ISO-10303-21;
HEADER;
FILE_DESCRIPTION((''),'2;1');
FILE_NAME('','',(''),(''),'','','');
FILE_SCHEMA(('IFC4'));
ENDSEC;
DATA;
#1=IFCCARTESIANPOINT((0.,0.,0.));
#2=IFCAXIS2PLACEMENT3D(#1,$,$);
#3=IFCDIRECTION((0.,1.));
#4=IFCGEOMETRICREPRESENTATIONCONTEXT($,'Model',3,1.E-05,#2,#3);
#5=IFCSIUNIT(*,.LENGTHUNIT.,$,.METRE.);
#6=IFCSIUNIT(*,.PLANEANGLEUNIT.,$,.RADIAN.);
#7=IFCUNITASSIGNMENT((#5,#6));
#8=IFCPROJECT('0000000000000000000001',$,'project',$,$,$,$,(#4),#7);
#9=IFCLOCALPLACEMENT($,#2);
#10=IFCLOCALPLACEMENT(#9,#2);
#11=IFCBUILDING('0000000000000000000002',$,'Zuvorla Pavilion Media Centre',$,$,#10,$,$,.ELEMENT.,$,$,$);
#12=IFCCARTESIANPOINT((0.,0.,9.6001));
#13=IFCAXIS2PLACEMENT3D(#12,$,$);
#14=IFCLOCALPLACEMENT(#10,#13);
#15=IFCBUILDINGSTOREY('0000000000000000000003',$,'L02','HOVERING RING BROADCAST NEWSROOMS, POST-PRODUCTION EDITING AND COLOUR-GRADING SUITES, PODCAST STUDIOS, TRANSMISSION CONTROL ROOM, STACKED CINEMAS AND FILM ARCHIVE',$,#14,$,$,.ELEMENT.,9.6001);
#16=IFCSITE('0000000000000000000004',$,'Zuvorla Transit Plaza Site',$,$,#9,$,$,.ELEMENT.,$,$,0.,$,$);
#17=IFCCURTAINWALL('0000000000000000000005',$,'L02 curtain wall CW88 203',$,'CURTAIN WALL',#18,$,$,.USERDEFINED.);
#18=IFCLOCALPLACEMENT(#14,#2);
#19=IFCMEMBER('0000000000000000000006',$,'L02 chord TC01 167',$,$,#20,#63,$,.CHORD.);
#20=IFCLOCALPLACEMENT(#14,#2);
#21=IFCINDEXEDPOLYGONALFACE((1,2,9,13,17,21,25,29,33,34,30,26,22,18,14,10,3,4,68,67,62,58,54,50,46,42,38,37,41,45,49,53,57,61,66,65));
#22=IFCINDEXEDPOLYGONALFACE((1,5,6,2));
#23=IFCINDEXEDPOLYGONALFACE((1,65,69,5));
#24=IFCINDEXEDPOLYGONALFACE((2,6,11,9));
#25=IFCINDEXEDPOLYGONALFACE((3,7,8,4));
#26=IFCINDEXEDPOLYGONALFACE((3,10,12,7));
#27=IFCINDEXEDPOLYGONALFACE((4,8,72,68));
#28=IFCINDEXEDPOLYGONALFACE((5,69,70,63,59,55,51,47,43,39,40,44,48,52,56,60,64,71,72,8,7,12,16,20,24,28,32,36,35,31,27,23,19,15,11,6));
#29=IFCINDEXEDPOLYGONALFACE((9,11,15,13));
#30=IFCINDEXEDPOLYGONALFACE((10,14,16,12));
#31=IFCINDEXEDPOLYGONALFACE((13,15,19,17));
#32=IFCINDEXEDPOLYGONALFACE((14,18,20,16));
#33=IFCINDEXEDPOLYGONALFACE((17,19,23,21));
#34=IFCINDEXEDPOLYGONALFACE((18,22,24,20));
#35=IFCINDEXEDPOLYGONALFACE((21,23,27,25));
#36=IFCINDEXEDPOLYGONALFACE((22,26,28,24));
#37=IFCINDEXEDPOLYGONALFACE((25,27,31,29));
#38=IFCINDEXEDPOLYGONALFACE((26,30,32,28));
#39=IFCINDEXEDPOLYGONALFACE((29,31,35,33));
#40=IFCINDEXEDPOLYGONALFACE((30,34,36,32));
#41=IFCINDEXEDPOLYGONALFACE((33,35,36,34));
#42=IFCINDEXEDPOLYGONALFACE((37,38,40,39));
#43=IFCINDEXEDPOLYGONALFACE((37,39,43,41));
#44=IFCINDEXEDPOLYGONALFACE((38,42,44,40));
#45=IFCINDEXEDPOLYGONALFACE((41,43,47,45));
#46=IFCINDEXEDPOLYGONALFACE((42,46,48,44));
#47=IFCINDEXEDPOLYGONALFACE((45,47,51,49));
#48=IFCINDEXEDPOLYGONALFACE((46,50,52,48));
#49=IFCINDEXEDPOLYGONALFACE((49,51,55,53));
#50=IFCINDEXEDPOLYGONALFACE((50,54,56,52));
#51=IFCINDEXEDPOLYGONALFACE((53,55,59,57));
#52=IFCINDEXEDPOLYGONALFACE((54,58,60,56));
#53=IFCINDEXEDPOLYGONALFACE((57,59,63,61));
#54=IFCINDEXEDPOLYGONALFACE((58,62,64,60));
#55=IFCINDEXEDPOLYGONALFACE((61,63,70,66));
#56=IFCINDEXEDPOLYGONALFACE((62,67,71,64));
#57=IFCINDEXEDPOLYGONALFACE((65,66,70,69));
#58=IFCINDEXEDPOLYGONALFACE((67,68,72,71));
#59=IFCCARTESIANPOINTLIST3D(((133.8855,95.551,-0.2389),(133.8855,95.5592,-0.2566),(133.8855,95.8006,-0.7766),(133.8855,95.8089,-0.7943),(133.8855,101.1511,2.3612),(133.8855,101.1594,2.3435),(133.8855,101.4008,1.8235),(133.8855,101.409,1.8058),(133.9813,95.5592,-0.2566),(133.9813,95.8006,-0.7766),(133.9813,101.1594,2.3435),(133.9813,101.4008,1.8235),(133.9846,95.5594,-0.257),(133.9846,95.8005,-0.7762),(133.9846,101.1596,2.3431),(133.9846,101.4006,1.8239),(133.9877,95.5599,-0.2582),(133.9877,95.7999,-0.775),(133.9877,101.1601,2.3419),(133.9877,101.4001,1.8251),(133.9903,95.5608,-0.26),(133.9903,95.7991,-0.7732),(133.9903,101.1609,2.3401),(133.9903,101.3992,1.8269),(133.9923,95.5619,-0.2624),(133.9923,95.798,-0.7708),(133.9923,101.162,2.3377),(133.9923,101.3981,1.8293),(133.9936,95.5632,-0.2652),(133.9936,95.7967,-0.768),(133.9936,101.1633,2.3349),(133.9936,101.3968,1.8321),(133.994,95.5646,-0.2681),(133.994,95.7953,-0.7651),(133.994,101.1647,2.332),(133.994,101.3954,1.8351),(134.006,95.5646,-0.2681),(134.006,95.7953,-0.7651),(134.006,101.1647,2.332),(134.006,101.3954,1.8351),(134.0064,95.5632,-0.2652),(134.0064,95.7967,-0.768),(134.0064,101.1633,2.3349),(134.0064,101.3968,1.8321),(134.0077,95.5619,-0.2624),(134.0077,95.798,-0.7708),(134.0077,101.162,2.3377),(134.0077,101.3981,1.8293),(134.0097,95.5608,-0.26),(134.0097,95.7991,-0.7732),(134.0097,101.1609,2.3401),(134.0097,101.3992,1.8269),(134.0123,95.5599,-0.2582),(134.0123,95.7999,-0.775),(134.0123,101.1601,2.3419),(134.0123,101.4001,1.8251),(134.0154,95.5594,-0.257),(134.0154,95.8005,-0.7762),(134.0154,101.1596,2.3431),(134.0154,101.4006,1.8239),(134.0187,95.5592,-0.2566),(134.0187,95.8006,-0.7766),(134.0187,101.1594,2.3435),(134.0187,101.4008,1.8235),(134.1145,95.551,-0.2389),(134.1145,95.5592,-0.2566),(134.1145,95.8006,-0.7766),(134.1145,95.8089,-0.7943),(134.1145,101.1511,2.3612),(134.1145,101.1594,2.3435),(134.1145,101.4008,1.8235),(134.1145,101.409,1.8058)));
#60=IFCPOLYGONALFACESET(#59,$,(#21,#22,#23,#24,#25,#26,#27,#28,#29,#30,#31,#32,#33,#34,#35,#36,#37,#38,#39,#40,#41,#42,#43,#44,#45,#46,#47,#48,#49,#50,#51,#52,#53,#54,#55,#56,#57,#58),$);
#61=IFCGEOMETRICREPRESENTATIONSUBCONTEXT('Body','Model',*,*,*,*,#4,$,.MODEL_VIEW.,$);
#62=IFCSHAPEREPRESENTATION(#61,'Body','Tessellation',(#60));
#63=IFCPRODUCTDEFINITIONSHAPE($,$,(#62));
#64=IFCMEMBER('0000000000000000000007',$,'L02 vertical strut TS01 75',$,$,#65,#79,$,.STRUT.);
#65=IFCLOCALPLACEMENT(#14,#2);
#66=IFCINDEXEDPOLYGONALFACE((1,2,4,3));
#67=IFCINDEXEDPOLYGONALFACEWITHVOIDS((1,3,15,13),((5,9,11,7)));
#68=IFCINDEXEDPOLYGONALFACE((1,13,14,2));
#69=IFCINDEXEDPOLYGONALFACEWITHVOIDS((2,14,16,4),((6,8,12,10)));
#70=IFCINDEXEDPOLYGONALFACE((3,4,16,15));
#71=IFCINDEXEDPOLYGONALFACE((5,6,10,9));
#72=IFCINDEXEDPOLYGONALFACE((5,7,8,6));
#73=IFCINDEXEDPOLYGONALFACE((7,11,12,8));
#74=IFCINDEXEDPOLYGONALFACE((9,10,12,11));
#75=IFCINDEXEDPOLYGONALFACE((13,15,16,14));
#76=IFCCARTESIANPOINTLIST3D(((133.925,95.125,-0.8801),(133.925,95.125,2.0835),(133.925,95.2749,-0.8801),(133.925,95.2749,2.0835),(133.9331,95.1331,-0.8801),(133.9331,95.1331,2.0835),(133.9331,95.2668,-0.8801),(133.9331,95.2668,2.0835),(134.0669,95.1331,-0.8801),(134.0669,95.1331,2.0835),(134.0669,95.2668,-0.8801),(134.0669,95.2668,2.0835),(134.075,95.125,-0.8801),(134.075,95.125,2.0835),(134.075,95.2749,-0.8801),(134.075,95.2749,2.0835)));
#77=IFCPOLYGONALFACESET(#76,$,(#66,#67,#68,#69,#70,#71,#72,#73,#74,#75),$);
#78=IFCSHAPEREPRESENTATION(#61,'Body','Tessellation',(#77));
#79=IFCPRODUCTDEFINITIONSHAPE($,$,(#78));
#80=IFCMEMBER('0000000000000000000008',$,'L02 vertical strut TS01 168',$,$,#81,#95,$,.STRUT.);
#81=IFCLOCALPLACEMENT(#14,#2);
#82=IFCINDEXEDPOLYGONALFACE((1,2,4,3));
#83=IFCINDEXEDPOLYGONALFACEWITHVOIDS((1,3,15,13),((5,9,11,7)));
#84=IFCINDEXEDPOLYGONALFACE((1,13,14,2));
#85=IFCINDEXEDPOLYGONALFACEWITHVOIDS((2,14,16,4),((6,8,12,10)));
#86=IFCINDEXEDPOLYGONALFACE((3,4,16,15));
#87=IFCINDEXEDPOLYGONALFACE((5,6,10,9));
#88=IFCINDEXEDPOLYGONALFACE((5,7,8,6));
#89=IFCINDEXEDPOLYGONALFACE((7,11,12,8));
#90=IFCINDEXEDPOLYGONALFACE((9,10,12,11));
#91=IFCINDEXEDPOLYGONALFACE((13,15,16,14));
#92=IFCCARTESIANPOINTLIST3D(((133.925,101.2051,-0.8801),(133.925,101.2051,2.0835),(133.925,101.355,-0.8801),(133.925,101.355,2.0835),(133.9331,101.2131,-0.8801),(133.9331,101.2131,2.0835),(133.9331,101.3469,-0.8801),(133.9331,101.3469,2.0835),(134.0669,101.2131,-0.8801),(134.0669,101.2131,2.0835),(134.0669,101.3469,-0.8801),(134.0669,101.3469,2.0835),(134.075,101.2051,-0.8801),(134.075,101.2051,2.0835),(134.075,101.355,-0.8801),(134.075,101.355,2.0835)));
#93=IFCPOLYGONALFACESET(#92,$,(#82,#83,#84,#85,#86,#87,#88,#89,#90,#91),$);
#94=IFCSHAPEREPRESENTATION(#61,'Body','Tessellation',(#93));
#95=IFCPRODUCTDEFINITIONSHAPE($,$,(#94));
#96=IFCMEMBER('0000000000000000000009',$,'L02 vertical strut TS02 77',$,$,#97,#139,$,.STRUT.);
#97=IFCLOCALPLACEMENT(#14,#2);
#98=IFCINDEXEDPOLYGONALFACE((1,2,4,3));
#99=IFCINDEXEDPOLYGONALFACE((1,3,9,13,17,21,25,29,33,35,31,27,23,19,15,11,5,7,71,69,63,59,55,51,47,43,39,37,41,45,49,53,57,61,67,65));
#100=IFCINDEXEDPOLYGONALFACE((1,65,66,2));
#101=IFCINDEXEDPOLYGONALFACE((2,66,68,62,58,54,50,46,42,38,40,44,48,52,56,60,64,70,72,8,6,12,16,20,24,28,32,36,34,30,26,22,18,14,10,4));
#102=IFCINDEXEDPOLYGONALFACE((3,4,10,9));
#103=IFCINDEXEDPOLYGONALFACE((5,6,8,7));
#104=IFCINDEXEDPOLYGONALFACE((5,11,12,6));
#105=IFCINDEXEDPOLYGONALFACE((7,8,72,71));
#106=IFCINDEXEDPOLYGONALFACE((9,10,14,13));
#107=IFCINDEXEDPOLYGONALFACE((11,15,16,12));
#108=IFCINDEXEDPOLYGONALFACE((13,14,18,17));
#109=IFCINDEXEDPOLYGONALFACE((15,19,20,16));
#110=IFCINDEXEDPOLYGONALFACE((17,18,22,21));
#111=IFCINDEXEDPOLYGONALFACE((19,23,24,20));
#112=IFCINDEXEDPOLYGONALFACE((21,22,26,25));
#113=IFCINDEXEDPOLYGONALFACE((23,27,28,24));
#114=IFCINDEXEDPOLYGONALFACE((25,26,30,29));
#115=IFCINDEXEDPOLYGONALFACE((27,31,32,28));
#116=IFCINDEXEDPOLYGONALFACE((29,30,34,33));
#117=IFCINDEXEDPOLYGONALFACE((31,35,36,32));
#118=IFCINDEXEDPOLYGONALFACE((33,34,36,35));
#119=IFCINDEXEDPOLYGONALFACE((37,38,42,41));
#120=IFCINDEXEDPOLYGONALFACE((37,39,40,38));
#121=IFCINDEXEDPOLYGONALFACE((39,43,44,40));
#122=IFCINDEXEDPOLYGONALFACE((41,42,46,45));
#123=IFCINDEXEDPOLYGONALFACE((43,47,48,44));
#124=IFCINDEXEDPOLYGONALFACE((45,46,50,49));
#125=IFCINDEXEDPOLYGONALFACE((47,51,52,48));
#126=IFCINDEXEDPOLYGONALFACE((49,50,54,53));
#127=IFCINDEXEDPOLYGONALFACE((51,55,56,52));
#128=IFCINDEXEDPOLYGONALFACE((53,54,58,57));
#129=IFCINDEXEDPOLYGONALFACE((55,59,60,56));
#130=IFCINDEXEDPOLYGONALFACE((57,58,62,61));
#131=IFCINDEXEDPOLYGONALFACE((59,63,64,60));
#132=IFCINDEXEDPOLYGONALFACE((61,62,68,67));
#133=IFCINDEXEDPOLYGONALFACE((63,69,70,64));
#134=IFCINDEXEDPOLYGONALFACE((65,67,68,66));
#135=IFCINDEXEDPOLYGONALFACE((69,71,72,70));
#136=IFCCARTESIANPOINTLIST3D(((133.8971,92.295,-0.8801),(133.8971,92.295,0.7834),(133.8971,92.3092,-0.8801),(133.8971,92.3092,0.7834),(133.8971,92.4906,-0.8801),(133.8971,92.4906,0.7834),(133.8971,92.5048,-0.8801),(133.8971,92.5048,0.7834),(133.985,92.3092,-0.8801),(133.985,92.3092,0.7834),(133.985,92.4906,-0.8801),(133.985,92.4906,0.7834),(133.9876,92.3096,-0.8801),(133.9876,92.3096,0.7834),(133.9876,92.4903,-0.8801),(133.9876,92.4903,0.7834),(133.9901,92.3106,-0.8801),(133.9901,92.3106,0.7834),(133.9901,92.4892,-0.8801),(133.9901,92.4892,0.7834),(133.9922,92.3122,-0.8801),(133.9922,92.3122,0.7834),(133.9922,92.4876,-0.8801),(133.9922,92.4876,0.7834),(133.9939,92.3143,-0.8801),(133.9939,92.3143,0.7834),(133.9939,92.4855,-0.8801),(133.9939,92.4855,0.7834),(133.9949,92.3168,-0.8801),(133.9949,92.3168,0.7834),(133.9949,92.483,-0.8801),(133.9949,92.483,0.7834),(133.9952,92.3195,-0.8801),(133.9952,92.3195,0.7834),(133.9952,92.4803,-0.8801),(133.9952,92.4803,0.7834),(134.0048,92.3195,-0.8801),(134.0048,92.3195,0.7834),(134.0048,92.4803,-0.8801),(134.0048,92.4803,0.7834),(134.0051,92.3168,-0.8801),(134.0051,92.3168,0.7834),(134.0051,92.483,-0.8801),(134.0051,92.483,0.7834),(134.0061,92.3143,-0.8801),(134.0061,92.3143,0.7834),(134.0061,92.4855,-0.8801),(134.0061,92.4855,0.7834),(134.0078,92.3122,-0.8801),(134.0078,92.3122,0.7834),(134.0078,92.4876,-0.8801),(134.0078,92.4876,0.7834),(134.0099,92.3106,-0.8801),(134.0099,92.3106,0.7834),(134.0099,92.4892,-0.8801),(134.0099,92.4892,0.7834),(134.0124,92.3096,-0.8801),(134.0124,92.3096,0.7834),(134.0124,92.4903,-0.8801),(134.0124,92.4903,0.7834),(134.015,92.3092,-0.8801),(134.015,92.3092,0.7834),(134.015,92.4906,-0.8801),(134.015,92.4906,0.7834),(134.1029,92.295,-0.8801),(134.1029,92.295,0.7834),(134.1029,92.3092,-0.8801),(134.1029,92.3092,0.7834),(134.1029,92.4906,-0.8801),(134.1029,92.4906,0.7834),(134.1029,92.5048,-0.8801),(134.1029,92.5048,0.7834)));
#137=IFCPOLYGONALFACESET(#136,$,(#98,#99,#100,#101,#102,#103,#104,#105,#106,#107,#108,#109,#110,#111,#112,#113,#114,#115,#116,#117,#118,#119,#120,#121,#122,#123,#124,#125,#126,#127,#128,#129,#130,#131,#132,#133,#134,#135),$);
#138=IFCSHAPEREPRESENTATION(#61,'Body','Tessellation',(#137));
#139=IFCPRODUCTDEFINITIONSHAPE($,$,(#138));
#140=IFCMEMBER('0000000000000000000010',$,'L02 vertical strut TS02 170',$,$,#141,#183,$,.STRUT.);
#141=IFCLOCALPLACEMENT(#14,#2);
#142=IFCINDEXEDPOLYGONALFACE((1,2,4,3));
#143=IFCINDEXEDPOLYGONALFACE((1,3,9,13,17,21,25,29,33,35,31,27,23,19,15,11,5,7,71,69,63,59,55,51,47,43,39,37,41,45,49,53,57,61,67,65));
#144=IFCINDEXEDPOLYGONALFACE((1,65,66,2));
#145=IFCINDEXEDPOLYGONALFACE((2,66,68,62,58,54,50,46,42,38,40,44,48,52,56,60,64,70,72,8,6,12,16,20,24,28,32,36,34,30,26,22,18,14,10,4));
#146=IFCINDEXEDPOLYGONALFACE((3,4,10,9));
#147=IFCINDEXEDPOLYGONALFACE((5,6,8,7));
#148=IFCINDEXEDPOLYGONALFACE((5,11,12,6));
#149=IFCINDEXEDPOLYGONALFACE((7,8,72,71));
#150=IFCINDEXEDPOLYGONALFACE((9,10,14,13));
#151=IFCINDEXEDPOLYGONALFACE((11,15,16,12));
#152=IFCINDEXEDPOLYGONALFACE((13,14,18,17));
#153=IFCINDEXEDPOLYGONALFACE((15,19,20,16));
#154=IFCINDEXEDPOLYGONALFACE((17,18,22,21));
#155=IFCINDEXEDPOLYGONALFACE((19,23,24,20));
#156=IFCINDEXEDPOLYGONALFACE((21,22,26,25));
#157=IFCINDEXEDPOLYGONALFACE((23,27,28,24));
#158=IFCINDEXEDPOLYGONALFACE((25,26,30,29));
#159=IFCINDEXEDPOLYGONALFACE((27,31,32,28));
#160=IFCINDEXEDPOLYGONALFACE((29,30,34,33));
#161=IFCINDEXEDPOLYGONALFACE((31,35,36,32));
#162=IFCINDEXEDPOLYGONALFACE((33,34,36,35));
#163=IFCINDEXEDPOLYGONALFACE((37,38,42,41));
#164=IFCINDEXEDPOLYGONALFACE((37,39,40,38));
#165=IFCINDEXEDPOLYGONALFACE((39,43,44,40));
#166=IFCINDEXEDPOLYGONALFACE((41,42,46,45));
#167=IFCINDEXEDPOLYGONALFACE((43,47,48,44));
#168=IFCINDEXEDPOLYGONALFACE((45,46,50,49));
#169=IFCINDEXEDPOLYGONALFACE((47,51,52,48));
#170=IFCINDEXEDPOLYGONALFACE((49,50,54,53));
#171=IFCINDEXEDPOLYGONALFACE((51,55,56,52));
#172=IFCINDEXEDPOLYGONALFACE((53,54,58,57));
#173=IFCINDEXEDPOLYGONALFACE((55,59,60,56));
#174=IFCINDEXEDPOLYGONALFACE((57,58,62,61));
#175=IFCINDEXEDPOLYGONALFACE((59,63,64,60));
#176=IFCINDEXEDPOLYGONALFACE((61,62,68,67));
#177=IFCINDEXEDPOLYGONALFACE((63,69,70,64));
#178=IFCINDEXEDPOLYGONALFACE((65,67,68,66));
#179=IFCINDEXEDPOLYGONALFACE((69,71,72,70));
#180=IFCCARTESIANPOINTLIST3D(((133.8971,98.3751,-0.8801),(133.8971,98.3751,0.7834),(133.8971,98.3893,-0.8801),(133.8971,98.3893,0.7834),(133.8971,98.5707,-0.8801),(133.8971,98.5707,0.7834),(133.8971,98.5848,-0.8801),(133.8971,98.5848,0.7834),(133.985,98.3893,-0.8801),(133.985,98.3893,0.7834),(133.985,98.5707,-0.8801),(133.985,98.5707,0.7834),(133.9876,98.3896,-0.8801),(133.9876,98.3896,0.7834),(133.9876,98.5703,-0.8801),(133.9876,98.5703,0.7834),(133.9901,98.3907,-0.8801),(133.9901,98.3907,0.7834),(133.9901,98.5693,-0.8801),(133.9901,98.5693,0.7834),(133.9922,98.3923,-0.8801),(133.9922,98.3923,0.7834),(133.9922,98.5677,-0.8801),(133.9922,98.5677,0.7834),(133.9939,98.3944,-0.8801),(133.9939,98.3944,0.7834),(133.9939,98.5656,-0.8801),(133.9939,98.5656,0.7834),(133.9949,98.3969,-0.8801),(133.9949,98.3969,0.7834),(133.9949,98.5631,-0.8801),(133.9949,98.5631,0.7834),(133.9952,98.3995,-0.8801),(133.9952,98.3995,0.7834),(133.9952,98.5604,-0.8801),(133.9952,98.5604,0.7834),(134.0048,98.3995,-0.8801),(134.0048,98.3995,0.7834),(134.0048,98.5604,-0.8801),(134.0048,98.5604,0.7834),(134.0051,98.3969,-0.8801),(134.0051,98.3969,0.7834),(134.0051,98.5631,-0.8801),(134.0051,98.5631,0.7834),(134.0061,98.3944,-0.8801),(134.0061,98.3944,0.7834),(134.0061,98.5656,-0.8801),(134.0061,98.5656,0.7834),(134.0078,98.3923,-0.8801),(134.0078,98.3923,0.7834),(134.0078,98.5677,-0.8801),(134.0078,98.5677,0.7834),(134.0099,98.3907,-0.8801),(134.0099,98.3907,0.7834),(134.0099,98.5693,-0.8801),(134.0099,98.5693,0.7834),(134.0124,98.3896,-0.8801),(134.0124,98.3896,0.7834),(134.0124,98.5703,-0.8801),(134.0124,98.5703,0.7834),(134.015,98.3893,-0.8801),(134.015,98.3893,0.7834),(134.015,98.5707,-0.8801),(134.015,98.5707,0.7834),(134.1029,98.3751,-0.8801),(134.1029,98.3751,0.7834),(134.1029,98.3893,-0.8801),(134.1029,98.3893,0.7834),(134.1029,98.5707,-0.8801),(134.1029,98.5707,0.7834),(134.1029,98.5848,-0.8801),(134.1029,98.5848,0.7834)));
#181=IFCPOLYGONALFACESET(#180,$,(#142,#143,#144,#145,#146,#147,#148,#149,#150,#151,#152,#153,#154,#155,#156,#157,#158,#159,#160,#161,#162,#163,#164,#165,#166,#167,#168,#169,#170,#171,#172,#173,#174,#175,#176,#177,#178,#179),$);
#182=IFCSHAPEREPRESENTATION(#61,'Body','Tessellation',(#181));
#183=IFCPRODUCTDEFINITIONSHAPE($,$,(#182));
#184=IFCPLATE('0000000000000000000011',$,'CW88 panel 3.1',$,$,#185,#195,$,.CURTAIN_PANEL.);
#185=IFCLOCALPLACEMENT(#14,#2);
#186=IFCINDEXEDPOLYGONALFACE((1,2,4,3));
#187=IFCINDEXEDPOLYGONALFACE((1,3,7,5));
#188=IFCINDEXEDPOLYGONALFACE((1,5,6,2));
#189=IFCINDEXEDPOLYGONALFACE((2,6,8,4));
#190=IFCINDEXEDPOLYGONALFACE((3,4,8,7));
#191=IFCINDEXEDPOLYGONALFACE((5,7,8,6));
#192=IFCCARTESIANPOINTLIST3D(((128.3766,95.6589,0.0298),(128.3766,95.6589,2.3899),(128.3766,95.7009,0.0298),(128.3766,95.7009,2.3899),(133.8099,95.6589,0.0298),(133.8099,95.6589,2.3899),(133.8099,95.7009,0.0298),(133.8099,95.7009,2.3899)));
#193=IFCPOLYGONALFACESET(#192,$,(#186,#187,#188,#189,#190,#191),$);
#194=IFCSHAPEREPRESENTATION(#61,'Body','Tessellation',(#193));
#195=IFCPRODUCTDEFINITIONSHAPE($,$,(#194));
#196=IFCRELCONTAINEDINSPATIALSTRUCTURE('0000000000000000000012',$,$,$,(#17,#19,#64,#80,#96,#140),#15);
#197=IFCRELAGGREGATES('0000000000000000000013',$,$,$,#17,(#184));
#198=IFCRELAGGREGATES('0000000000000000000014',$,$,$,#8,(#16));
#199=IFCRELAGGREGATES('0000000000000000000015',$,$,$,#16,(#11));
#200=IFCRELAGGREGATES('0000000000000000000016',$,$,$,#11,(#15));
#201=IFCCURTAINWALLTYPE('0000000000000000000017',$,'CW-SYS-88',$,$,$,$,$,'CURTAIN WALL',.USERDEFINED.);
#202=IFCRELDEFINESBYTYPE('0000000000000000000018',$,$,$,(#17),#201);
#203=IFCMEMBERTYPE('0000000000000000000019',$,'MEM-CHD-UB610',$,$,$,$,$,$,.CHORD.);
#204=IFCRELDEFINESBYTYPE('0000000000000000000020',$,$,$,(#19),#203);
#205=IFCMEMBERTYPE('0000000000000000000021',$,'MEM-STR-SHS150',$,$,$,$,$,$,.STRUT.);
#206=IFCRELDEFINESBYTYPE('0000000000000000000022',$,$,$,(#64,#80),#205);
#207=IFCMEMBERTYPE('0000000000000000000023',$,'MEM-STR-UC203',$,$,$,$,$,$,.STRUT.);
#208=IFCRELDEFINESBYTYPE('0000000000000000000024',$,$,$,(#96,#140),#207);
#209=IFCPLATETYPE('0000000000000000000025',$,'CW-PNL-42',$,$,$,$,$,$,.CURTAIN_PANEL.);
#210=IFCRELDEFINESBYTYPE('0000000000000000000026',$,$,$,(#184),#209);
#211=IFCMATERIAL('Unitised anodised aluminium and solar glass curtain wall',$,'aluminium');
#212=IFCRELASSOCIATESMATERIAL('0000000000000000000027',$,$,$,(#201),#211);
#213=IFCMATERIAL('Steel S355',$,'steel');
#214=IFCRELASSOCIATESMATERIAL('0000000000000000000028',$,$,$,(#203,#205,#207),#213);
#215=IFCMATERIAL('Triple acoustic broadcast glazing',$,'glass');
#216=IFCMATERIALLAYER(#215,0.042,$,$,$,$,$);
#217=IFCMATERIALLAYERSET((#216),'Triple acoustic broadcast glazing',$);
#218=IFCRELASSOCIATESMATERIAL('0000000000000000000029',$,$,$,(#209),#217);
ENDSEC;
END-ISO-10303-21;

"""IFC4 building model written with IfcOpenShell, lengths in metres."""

from ifc_helpers import new_model, si_unit, direction, frame, origin, origin_2d, place, context, subcontext, project, spatial, rectangle, hollow_rectangle, i_section, extrude, material, layer, layer_set, material_profile, profile_set, type_object, element, aggregate, save


model = new_model("IFC4")

# Units and contexts
model_context = context("Model", 3, precision=1e-05, world=origin(), true_north=direction((0.0, 1.0)))
body_context = subcontext(model_context, "Body", "Model", "MODEL_VIEW")
ifc_project = project(units=[si_unit("LENGTHUNIT", "METRE"), si_unit("PLANEANGLEUNIT", "RADIAN")], contexts=[model_context])

# Site, building, storey
site_placement = place(None, origin())
site = spatial("IfcSite", under=ifc_project, at=site_placement, Name="Zuvorla Transit Plaza Site", CompositionType="ELEMENT", RefElevation=0.0)
building_placement = place(site_placement, origin())
building = spatial("IfcBuilding", under=site, at=building_placement, Name="Zuvorla Pavilion Media Centre", CompositionType="ELEMENT")
storey_placement = place(building_placement, frame((0.0, 0.0, 9.6001)))
storey = spatial("IfcBuildingStorey", under=building, at=storey_placement, Name="L02", Description="HOVERING RING BROADCAST NEWSROOMS, POST-PRODUCTION EDITING AND COLOUR-GRADING SUITES, PODCAST STUDIOS, TRANSMISSION CONTROL ROOM, STACKED CINEMAS AND FILM ARCHIVE", CompositionType="ELEMENT", Elevation=9.6001)

# Curtain wall
ifc_material_1 = material(Name="Unitised anodised aluminium and solar glass curtain wall", Category="aluminium")
curtain_wall_type = type_object("IfcCurtainWallType", Name="CW-SYS-88", ElementType="CURTAIN WALL", PredefinedType="USERDEFINED", material=ifc_material_1)
curtain_wall_1_placement = place(storey_placement, origin())
curtain_wall_1 = element("IfcCurtainWall", 1, at=curtain_wall_1_placement, inside=storey, type_object=curtain_wall_type, Name="L02 curtain wall CW88 203", ObjectType="CURTAIN WALL", PredefinedType="USERDEFINED")

# Members
ifc_material_2 = material(Name="Steel S355", Category="steel")
ifc_material_profile_1 = material_profile(ifc_material_2, i_section(OverallWidth=0.229, OverallDepth=0.6123, WebThickness=0.012, FlangeThickness=0.0195, FilletRadius=0.0127, at=origin_2d()), Name="UB 610x229x125")
ifc_profile_set_1 = profile_set([ifc_material_profile_1], Name="Steel S355")
member_type_1 = type_object("IfcMemberType", Name="MEM-CHD-UB610", PredefinedType="CHORD", material=ifc_profile_set_1)
member_1_placement = place(storey_placement, frame((134.0, 95.6799, -0.5166), z_axis=(0.0, 0.907006, 0.421118), x_axis=(-1.0, 0.0, 0.0)))
element("IfcMember", 2, at=member_1_placement, inside=storey, type_object=member_type_1, Name="L02 chord TC01 167", PredefinedType="CHORD", context=body_context, shape_type="SweptSolid", body=[
    extrude(i_section(OverallWidth=0.229, OverallDepth=0.6123, WebThickness=0.012, FlangeThickness=0.0195, FilletRadius=0.0127, at=origin_2d()), origin(), (0.0, 0.0, 1.0), 6.1743),
])
ifc_material_profile_2 = material_profile(ifc_material_2, hollow_rectangle(XDim=0.1499, YDim=0.1499, WallThickness=0.0081, at=origin_2d()), Name="SHS 150x150x8")
ifc_profile_set_2 = profile_set([ifc_material_profile_2], Name="Steel S355")
member_type_2 = type_object("IfcMemberType", Name="MEM-STR-SHS150", PredefinedType="STRUT", material=ifc_profile_set_2)
for number, where, z_axis, x_axis, name in (
    (3, (134.0, 95.2, -0.8801), (0.0, 0.0, 1.0), (1.0, 0.0, 0.0), "L02 vertical strut TS01 75"),
    (4, (134.0, 101.28, -0.8801), (0.0, 0.0, 1.0), (1.0, 0.0, 0.0), "L02 vertical strut TS01 168"),
):
    element("IfcMember", number, at=place(storey_placement, frame(where, z_axis=z_axis, x_axis=x_axis)), inside=storey, type_object=member_type_2, Name=name, PredefinedType="STRUT", context=body_context, shape_type="SweptSolid", body=[
        extrude(hollow_rectangle(XDim=0.1499, YDim=0.1499, WallThickness=0.0081, at=origin_2d()), origin(), (0.0, 0.0, 1.0), 2.9636),
    ])
ifc_material_profile_3 = material_profile(ifc_material_2, i_section(OverallWidth=0.2058, OverallDepth=0.2097, WebThickness=0.0095, FlangeThickness=0.0142, FilletRadius=0.0103, at=origin_2d()), Name="UC 203x203x60")
ifc_profile_set_3 = profile_set([ifc_material_profile_3], Name="Steel S355")
member_type_3 = type_object("IfcMemberType", Name="MEM-STR-UC203", PredefinedType="STRUT", material=ifc_profile_set_3)
for number, where, z_axis, x_axis, name in (
    (5, (134.0, 92.3999, -0.8801), (0.0, 0.0, 1.0), (1.0, 0.0, 0.0), "L02 vertical strut TS02 77"),
    (6, (134.0, 98.48, -0.8801), (0.0, 0.0, 1.0), (1.0, 0.0, 0.0), "L02 vertical strut TS02 170"),
):
    element("IfcMember", number, at=place(storey_placement, frame(where, z_axis=z_axis, x_axis=x_axis)), inside=storey, type_object=member_type_3, Name=name, PredefinedType="STRUT", context=body_context, shape_type="SweptSolid", body=[
        extrude(i_section(OverallWidth=0.2058, OverallDepth=0.2097, WebThickness=0.0095, FlangeThickness=0.0142, FilletRadius=0.0103, at=origin_2d()), origin(), (0.0, 0.0, 1.0), 1.6636),
    ])

# Plate
ifc_material_3 = material(Name="Triple acoustic broadcast glazing", Category="glass")
ifc_layer_1 = layer(ifc_material_3, 0.042)
ifc_layer_set_1 = layer_set([ifc_layer_1], Name="Triple acoustic broadcast glazing")
plate_type_1 = type_object("IfcPlateType", Name="CW-PNL-42", PredefinedType="CURTAIN_PANEL", material=ifc_layer_set_1)
plate_1_placement = place(storey_placement, frame((131.0933, 95.6799, 0.0298), z_axis=(0.0, 0.0, 1.0), x_axis=(1.0, 0.0, 0.0)))
plate_1 = element("IfcPlate", 7, at=plate_1_placement, type_object=plate_type_1, Name="CW88 panel 3.1", PredefinedType="CURTAIN_PANEL", context=body_context, shape_type="SweptSolid", body=[
    extrude(rectangle(XDim=5.4333, YDim=0.042, at=origin_2d()), origin(), (0.0, 0.0, 1.0), 2.3601),
])
aggregate(curtain_wall_1, [plate_1])

save(model, "model.ifc")
